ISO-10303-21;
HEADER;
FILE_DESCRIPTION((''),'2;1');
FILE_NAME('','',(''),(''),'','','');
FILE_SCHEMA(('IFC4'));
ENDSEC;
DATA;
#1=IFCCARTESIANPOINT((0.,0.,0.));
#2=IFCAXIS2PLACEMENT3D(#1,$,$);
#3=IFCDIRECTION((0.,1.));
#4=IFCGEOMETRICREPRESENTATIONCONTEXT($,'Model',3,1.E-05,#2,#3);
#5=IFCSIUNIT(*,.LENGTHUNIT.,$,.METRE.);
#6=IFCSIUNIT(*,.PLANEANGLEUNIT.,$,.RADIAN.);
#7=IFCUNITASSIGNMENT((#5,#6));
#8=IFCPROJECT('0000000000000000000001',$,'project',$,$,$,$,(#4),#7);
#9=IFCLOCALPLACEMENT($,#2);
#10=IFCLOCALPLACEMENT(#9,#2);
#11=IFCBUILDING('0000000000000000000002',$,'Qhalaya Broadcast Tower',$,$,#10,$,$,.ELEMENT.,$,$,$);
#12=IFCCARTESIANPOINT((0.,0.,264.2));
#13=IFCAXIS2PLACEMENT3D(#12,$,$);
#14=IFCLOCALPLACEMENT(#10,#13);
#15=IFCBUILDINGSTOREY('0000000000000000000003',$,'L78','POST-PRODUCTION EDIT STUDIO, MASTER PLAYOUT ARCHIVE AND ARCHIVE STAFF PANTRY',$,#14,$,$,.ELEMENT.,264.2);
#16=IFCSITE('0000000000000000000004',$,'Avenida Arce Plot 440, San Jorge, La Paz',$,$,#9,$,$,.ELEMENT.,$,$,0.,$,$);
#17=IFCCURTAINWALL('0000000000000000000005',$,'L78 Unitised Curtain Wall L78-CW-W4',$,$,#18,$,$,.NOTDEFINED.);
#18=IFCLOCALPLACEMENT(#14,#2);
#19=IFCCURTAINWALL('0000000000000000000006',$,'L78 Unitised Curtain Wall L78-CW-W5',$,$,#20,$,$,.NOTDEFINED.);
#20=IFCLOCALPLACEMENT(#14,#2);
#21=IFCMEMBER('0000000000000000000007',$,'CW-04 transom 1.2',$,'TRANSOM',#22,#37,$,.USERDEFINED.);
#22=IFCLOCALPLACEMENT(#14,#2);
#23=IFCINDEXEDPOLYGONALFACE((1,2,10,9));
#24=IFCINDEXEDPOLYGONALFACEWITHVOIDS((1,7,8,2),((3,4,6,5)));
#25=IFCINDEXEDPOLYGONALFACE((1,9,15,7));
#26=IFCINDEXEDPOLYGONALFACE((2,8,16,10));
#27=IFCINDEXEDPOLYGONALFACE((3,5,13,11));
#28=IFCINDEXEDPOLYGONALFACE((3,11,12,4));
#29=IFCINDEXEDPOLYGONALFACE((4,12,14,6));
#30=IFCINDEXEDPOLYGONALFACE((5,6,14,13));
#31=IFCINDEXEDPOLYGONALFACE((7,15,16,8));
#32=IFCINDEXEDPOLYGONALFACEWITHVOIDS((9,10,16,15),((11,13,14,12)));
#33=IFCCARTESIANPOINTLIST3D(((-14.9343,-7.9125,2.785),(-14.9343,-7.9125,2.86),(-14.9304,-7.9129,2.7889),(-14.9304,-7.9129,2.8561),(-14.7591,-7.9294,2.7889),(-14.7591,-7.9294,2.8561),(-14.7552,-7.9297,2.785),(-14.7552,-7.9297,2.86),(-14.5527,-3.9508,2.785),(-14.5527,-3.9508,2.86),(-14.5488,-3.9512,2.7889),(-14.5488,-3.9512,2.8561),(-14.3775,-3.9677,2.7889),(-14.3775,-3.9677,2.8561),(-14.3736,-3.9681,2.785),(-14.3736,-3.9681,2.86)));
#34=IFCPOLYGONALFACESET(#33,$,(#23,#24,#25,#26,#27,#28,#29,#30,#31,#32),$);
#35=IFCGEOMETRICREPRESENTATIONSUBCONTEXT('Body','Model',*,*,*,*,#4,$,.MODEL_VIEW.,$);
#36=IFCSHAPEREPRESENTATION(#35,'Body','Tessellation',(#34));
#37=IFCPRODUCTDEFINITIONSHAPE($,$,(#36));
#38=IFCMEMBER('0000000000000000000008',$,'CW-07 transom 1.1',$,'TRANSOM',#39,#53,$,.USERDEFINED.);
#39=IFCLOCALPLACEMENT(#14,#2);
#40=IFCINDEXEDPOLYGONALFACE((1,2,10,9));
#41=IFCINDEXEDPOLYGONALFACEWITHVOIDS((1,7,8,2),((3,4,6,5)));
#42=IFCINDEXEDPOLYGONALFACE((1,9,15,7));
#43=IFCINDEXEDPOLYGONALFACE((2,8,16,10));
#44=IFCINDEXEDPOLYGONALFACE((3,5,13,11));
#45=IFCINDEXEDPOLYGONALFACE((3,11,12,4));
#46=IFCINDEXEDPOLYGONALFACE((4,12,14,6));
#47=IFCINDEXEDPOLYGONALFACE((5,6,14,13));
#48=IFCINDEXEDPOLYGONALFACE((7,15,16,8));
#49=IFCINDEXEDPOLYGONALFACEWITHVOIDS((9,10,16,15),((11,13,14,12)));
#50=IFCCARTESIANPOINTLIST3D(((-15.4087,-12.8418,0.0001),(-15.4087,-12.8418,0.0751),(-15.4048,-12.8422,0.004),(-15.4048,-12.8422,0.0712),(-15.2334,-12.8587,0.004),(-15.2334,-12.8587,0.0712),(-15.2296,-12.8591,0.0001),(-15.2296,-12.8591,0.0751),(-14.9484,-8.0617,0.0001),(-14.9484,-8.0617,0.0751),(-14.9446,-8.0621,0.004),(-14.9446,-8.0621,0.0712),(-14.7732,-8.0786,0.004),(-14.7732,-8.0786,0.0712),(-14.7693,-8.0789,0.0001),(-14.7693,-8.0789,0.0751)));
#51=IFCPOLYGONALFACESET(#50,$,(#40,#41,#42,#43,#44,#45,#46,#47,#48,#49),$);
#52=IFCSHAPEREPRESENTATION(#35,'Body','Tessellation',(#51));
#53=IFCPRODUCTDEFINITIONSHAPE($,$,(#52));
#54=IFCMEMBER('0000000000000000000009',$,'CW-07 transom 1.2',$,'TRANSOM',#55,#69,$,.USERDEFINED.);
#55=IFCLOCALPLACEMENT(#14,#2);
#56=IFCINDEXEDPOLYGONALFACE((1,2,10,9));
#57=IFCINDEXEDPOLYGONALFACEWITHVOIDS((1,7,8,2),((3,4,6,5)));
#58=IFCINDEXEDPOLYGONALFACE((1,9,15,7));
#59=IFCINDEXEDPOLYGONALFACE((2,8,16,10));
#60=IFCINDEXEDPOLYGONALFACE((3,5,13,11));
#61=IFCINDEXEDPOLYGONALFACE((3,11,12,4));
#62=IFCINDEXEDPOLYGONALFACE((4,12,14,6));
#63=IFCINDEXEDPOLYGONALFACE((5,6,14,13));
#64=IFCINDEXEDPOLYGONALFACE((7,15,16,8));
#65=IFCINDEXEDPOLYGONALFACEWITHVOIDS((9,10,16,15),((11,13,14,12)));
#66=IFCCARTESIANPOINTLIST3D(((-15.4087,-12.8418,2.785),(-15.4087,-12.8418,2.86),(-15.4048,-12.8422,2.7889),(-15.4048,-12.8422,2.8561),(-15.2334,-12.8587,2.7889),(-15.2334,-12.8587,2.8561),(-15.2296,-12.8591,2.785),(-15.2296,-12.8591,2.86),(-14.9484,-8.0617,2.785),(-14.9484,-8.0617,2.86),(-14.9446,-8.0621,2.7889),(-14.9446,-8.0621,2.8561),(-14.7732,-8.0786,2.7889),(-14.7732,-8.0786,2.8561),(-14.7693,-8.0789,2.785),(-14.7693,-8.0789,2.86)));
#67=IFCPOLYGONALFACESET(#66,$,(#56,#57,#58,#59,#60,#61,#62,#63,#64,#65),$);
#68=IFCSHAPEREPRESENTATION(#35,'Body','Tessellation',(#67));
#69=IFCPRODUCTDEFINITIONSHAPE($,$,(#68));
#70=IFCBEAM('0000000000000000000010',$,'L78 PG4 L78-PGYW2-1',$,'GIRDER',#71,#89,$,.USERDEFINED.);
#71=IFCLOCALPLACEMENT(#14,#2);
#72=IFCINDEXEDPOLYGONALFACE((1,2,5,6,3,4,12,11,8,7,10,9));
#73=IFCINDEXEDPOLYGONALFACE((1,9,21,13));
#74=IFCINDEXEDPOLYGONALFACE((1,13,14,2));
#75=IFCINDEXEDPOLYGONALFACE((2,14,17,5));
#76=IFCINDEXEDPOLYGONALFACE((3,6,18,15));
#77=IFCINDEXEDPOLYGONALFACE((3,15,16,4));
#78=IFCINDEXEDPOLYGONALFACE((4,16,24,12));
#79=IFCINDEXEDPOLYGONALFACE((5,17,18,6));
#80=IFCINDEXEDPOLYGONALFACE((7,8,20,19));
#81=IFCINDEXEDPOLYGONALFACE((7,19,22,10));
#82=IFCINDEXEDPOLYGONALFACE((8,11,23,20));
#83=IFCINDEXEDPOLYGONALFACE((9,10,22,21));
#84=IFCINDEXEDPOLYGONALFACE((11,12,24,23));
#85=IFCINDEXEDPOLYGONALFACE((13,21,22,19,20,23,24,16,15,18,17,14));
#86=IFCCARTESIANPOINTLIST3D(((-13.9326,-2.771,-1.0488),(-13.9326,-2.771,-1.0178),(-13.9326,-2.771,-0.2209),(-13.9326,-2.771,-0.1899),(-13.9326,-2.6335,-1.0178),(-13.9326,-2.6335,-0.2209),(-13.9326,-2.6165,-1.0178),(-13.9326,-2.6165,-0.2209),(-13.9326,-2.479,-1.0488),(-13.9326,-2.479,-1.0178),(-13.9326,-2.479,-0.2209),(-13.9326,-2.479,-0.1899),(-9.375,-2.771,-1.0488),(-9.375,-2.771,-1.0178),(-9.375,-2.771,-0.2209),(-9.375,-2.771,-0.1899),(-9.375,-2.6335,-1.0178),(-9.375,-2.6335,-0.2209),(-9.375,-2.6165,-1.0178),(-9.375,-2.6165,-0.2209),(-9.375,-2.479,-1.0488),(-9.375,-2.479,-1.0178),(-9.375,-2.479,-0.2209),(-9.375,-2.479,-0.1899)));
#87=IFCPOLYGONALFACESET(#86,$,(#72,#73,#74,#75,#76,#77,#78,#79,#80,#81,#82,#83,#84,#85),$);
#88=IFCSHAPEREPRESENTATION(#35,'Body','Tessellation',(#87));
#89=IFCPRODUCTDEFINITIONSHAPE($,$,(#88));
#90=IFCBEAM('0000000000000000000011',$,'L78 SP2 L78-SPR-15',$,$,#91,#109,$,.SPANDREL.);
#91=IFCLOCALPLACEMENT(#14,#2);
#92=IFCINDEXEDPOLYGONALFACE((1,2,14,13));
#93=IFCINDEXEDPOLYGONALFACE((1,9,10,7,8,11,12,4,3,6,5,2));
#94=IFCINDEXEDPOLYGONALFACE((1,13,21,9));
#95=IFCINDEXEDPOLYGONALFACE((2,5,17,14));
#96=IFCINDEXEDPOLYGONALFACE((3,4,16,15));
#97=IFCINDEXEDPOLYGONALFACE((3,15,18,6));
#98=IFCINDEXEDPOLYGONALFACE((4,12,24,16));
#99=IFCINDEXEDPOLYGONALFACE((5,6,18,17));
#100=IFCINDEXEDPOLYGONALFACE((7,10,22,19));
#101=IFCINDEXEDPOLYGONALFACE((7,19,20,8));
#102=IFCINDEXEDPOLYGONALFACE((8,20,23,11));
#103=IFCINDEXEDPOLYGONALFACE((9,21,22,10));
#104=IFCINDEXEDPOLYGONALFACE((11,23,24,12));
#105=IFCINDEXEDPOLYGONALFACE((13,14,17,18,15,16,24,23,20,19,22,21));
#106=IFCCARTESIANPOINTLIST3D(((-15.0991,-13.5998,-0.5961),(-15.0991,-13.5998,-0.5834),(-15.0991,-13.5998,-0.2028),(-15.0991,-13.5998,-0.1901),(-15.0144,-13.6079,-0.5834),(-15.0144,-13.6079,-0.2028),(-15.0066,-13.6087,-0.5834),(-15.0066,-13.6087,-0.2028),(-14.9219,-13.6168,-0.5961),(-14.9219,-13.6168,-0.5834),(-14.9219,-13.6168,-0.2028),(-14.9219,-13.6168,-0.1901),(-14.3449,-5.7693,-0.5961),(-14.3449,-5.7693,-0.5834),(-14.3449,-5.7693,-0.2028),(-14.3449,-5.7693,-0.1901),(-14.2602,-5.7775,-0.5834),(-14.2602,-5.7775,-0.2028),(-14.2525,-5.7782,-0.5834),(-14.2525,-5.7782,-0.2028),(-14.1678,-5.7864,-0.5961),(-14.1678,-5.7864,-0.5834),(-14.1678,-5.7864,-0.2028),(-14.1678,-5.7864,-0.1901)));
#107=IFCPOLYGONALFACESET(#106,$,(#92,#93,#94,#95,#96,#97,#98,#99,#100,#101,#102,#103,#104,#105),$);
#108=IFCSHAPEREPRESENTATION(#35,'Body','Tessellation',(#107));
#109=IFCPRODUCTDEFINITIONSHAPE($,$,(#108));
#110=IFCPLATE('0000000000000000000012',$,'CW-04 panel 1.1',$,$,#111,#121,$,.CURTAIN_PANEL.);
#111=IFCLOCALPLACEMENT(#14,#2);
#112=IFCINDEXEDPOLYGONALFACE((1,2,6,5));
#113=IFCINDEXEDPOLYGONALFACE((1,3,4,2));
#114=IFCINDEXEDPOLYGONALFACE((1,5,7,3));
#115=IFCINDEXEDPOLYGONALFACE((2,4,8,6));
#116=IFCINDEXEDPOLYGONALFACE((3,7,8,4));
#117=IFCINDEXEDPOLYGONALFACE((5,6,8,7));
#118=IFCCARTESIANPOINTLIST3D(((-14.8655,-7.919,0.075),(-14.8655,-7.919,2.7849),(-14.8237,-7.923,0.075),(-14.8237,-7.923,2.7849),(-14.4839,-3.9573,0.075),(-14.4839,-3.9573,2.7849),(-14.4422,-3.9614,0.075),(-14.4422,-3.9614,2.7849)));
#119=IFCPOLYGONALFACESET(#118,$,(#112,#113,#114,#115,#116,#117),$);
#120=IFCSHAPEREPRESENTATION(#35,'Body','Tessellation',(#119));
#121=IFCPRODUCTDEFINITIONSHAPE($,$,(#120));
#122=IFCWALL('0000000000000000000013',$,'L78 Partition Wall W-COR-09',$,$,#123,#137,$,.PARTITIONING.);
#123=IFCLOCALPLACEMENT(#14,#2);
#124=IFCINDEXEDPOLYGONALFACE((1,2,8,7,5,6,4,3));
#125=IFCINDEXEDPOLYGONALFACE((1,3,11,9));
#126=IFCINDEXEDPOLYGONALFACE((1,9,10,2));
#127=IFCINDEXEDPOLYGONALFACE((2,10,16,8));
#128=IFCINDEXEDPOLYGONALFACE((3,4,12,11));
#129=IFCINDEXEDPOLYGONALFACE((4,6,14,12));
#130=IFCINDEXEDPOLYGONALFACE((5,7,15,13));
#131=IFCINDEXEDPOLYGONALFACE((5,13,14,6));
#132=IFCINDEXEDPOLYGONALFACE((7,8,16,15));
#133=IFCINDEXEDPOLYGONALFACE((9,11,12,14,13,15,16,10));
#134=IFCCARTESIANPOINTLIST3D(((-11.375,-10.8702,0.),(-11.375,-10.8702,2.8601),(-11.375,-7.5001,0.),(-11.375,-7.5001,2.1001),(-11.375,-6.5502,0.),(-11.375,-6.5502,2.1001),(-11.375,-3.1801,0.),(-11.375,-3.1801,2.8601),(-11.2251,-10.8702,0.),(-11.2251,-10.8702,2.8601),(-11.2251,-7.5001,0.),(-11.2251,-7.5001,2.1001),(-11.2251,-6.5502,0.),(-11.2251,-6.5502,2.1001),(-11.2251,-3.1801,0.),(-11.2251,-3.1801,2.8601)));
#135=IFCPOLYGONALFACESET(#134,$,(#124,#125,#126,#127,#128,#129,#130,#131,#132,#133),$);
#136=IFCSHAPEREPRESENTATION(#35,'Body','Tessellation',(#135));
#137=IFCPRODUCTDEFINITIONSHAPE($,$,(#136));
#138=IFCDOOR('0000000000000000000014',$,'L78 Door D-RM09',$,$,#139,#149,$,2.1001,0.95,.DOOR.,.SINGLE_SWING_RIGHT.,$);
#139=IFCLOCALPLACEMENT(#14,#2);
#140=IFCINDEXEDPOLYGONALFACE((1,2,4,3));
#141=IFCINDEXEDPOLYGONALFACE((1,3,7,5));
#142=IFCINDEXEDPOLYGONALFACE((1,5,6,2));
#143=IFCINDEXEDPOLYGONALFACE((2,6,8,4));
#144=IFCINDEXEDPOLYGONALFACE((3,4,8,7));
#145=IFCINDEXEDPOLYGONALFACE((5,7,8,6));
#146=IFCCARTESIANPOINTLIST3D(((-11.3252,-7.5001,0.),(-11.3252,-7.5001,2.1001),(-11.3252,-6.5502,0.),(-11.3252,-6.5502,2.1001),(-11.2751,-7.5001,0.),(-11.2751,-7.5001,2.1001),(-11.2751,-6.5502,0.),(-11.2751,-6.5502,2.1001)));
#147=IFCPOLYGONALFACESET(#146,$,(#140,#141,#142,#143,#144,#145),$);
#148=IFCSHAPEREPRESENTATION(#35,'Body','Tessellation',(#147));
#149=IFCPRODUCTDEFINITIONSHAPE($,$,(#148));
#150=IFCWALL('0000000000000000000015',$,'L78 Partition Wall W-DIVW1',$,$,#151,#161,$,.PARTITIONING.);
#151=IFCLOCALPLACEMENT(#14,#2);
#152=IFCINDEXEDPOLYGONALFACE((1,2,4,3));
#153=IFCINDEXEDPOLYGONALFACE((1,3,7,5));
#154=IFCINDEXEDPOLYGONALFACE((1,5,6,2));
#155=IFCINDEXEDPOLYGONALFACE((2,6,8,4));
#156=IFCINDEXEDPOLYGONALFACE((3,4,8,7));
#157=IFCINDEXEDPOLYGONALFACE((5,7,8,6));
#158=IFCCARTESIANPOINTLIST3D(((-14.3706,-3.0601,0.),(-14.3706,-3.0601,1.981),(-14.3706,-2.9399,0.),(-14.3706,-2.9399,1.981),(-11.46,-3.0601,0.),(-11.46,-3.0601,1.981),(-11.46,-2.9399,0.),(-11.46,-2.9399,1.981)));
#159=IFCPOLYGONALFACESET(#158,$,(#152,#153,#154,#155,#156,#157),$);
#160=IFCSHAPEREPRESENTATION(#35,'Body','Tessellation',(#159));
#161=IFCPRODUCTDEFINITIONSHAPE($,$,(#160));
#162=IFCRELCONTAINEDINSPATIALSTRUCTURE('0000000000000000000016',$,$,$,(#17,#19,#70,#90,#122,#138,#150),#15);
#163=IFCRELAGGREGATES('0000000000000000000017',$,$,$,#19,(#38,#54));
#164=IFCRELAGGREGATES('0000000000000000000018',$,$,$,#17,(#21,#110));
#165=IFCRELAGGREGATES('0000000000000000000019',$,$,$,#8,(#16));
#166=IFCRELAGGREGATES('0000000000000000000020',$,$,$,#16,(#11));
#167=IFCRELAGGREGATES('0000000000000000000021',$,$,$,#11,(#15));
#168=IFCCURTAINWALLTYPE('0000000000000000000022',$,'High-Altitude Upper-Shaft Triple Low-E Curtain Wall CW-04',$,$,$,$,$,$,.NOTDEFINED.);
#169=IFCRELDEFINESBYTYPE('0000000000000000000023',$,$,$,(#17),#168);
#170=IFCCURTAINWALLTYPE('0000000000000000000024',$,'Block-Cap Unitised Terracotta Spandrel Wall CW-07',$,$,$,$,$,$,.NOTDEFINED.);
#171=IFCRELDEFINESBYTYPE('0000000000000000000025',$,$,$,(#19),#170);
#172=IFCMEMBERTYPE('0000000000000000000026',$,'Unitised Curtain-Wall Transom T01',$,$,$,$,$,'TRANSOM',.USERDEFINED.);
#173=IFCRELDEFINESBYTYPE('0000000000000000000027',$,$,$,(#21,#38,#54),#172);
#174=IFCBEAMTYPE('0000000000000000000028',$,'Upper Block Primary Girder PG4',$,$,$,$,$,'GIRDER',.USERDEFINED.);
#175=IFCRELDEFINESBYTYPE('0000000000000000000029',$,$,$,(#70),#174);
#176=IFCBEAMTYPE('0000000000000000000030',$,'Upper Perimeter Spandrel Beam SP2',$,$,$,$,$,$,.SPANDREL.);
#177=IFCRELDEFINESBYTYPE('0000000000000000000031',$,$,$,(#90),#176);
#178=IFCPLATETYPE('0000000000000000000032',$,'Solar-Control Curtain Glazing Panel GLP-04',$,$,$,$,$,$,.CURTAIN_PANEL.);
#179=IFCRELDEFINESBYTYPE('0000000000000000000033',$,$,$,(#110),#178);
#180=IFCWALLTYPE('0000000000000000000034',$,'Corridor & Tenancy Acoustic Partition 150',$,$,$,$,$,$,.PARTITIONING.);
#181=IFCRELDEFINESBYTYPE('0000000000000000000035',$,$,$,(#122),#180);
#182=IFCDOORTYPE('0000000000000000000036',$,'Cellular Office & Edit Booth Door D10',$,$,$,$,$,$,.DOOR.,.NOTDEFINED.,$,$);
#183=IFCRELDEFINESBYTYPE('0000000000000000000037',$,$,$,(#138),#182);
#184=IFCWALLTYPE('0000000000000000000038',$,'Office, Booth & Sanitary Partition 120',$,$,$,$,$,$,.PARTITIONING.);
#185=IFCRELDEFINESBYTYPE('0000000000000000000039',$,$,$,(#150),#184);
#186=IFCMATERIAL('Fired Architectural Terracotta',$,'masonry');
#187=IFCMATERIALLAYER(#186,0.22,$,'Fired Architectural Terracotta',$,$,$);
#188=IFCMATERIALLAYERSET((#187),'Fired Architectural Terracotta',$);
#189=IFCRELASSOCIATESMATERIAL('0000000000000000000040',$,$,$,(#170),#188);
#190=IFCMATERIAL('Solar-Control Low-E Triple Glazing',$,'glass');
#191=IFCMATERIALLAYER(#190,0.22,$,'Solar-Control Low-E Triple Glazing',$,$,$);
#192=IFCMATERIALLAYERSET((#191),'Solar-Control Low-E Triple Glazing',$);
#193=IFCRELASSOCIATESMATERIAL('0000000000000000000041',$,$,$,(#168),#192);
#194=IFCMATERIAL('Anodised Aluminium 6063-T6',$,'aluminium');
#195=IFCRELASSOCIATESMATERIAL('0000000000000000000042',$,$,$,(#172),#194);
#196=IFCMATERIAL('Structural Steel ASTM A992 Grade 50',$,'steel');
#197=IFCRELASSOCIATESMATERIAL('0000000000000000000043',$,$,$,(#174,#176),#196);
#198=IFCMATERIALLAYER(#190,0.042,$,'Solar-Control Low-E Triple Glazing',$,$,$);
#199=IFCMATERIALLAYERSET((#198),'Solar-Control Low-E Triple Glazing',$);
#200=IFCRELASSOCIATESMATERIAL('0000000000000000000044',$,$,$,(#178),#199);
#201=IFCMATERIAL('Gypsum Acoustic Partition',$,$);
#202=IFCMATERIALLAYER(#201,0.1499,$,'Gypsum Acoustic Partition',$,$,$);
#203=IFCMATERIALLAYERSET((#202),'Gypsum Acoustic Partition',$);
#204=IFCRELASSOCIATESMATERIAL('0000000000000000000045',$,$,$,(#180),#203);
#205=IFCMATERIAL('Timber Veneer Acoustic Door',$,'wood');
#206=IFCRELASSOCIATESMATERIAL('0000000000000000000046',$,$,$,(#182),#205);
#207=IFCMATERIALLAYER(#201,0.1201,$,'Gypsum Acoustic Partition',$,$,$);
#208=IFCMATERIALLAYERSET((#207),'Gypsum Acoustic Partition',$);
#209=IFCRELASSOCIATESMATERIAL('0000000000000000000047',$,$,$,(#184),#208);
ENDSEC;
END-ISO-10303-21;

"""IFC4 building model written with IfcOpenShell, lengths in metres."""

from ifc_helpers import new_model, si_unit, direction, frame, frame_2d, origin, origin_2d, place, context, subcontext, project, spatial, rectangle, hollow_rectangle, i_section, extrude, material, layer, layer_set, material_profile, profile_set, type_object, element, fill, aggregate, save


model = new_model("IFC4")

# Units and contexts
model_context = context("Model", 3, precision=1e-05, world=origin(), true_north=direction((0.0, 1.0)))
body_context = subcontext(model_context, "Body", "Model", "MODEL_VIEW")
ifc_project = project(units=[si_unit("LENGTHUNIT", "METRE"), si_unit("PLANEANGLEUNIT", "RADIAN")], contexts=[model_context])

# Site, building, storey
site_placement = place(None, origin())
site = spatial("IfcSite", under=ifc_project, at=site_placement, Name="Avenida Arce Plot 440, San Jorge, La Paz", CompositionType="ELEMENT", RefElevation=0.0)
building_placement = place(site_placement, origin())
building = spatial("IfcBuilding", under=site, at=building_placement, Name="Qhalaya Broadcast Tower", CompositionType="ELEMENT")
storey_placement = place(building_placement, frame((0.0, 0.0, 264.2)))
storey = spatial("IfcBuildingStorey", under=building, at=storey_placement, Name="L78", Description="POST-PRODUCTION EDIT STUDIO, MASTER PLAYOUT ARCHIVE AND ARCHIVE STAFF PANTRY", CompositionType="ELEMENT", Elevation=264.2)

# Shared definitions
ifc_material_1 = material(Name="Structural Steel ASTM A992 Grade 50", Category="steel")

# Shared definitions
ifc_material_2 = material(Name="Fired Architectural Terracotta", Category="masonry")
ifc_layer_1 = layer(ifc_material_2, 0.22, Name="Fired Architectural Terracotta")
ifc_layer_set_1 = layer_set([ifc_layer_1], Name="Fired Architectural Terracotta")
curtain_wall_type_1 = type_object("IfcCurtainWallType", Name="Block-Cap Unitised Terracotta Spandrel Wall CW-07", PredefinedType="NOTDEFINED", material=ifc_layer_set_1)
ifc_material_3 = material(Name="Anodised Aluminium 6063-T6", Category="aluminium")

# Curtain wall
ifc_material_4 = material(Name="Solar-Control Low-E Triple Glazing", Category="glass")
ifc_layer_2 = layer(ifc_material_4, 0.22, Name="Solar-Control Low-E Triple Glazing")
ifc_layer_set_2 = layer_set([ifc_layer_2], Name="Solar-Control Low-E Triple Glazing")
curtain_wall_type_2 = type_object("IfcCurtainWallType", Name="High-Altitude Upper-Shaft Triple Low-E Curtain Wall CW-04", PredefinedType="NOTDEFINED", material=ifc_layer_set_2)
curtain_wall_1_placement = place(storey_placement, origin())
curtain_wall_1 = element("IfcCurtainWall", 1, at=curtain_wall_1_placement, inside=storey, type_object=curtain_wall_type_2, Name="L78 Unitised Curtain Wall L78-CW-W4", PredefinedType="NOTDEFINED")

# Curtain wall
curtain_wall_2_placement = place(storey_placement, origin())
curtain_wall_2 = element("IfcCurtainWall", 2, at=curtain_wall_2_placement, inside=storey, type_object=curtain_wall_type_1, Name="L78 Unitised Curtain Wall L78-CW-W5", PredefinedType="NOTDEFINED")

# Members
ifc_material_profile_1 = material_profile(ifc_material_3, hollow_rectangle(XDim=0.075, YDim=0.1799, WallThickness=0.0039, at=origin_2d()), Name="ALU-TRN 75x180x4")
ifc_profile_set_1 = profile_set([ifc_material_profile_1], Name="Anodised Aluminium 6063-T6")
member_type_1 = type_object("IfcMemberType", Name="Unitised Curtain-Wall Transom T01", ElementType="TRANSOM", PredefinedType="USERDEFINED", material=ifc_profile_set_1)
member_1_placement = place(storey_placement, frame((-14.4631, -3.9595, 2.8225), z_axis=(-0.095877, -0.995393, 0.0), x_axis=(0.0, 0.0, 1.0)))
member_1 = element("IfcMember", 3, at=member_1_placement, type_object=member_type_1, Name="CW-04 transom 1.2", ObjectType="TRANSOM", PredefinedType="USERDEFINED", context=body_context, shape_type="SweptSolid", body=[
    extrude(hollow_rectangle(XDim=0.075, YDim=0.1799, WallThickness=0.0039, at=origin_2d()), origin(), (0.0, 0.0, 1.0), 3.98),
])
member_2_placement = place(storey_placement, frame((-14.8589, -8.0703, 0.0376), z_axis=(-0.095833, -0.995397, 0.0), x_axis=(0.0, 0.0, 1.0)))
member_2 = element("IfcMember", 4, at=member_2_placement, type_object=member_type_1, Name="CW-07 transom 1.1", ObjectType="TRANSOM", PredefinedType="USERDEFINED", context=body_context, shape_type="SweptSolid", body=[
    extrude(hollow_rectangle(XDim=0.075, YDim=0.1799, WallThickness=0.0039, at=origin_2d()), origin(), (0.0, 0.0, 1.0), 4.8022),
])
member_3_placement = place(storey_placement, frame((-14.8589, -8.0703, 2.8225), z_axis=(-0.095833, -0.995397, 0.0), x_axis=(0.0, 0.0, 1.0)))
member_3 = element("IfcMember", 5, at=member_3_placement, type_object=member_type_1, Name="CW-07 transom 1.2", ObjectType="TRANSOM", PredefinedType="USERDEFINED", context=body_context, shape_type="SweptSolid", body=[
    extrude(hollow_rectangle(XDim=0.075, YDim=0.1799, WallThickness=0.0039, at=origin_2d()), origin(), (0.0, 0.0, 1.0), 4.8022),
])
aggregate(curtain_wall_2, [member_2, member_3])

# Beams
ifc_material_profile_2 = material_profile(ifc_material_1, i_section(OverallWidth=0.292, OverallDepth=0.8589, WebThickness=0.0171, FlangeThickness=0.031, at=origin_2d()), Name="W33X169")
ifc_profile_set_2 = profile_set([ifc_material_profile_2], Name="Structural Steel ASTM A992 Grade 50")
beam_type_1 = type_object("IfcBeamType", Name="Upper Block Primary Girder PG4", ElementType="GIRDER", PredefinedType="USERDEFINED", material=ifc_profile_set_2)
beam_1_placement = place(storey_placement, frame((-13.9326, -2.625, -0.6194), z_axis=(1.0, 0.0, 0.0), x_axis=(0.0, 1.0, 0.0)))
element("IfcBeam", 6, at=beam_1_placement, inside=storey, type_object=beam_type_1, Name="L78 PG4 L78-PGYW2-1", ObjectType="GIRDER", PredefinedType="USERDEFINED", context=body_context, shape_type="SweptSolid", body=[
    extrude(i_section(OverallWidth=0.292, OverallDepth=0.8589, WebThickness=0.0171, FlangeThickness=0.031, at=origin_2d()), origin(), (0.0, 0.0, 1.0), 4.5576),
])
ifc_material_profile_3 = material_profile(ifc_material_1, i_section(OverallWidth=0.178, OverallDepth=0.406, WebThickness=0.0078, FlangeThickness=0.0127, at=origin_2d()), Name="W16X40")
ifc_profile_set_3 = profile_set([ifc_material_profile_3], Name="Structural Steel ASTM A992 Grade 50")
beam_type_2 = type_object("IfcBeamType", Name="Upper Perimeter Spandrel Beam SP2", PredefinedType="SPANDREL", material=ifc_profile_set_3)
beam_2_placement = place(storey_placement, frame((-14.2563, -5.7778, -0.3931), z_axis=(-0.095865, -0.995394, 0.0), x_axis=(0.995394, -0.095865, 0.0)))
element("IfcBeam", 7, at=beam_2_placement, inside=storey, type_object=beam_type_2, Name="L78 SP2 L78-SPR-15", PredefinedType="SPANDREL", context=body_context, shape_type="SweptSolid", body=[
    extrude(i_section(OverallWidth=0.178, OverallDepth=0.406, WebThickness=0.0078, FlangeThickness=0.0127, at=origin_2d()), origin(), (0.0, 0.0, 1.0), 7.8667),
])

# Plate
ifc_layer_3 = layer(ifc_material_4, 0.042, Name="Solar-Control Low-E Triple Glazing")
ifc_layer_set_3 = layer_set([ifc_layer_3], Name="Solar-Control Low-E Triple Glazing")
plate_type = type_object("IfcPlateType", Name="Solar-Control Curtain Glazing Panel GLP-04", PredefinedType="CURTAIN_PANEL", material=ifc_layer_set_3)
plate_placement = place(storey_placement, frame((-14.6538, -5.9402, 0.075), z_axis=(0.0, 0.0, 1.0), x_axis=(-0.095859, -0.995395, 0.0)))
plate = element("IfcPlate", 8, at=plate_placement, type_object=plate_type, Name="CW-04 panel 1.1", PredefinedType="CURTAIN_PANEL", context=body_context, shape_type="SweptSolid", body=[
    extrude(rectangle(XDim=3.98, YDim=0.042, at=origin_2d()), origin(), (0.0, 0.0, 1.0), 2.71),
])
aggregate(curtain_wall_1, [member_1, plate])

# Wall, opening, door
ifc_material_5 = material(Name="Gypsum Acoustic Partition")
ifc_layer_4 = layer(ifc_material_5, 0.1499, Name="Gypsum Acoustic Partition")
ifc_layer_set_4 = layer_set([ifc_layer_4], Name="Gypsum Acoustic Partition")
wall_type_1 = type_object("IfcWallType", Name="Corridor & Tenancy Acoustic Partition 150", PredefinedType="PARTITIONING", material=ifc_layer_set_4)
wall_1_placement = place(storey_placement, frame((-11.3, -3.1799, 0.0), z_axis=(0.0, 0.0, 1.0), x_axis=(0.0, -1.0, 0.0)))
wall_1 = element("IfcWall", 9, at=wall_1_placement, inside=storey, type_object=wall_type_1, Name="L78 Partition Wall W-COR-09", PredefinedType="PARTITIONING", context=body_context, shape_type="SweptSolid", body=[
    extrude(rectangle(XDim=7.6902, YDim=0.1499, at=frame_2d((3.8452, 0.0))), origin(), (0.0, 0.0, 1.0), 2.8601),
])
opening_1_placement = place(wall_1_placement, frame((3.3701, 0.0, 0.0)))
opening_1 = element("IfcOpeningElement", 10, at=opening_1_placement, cuts=wall_1, PredefinedType="OPENING", context=body_context, shape_type="SweptSolid", body=[
    extrude(rectangle(XDim=0.95, YDim=2.1001, at=frame_2d((0.4751, 1.05))), frame((0.0, 0.0869, 0.0), z_axis=(0.0, -1.0, 0.0), x_axis=(1.0, 0.0, 0.0)), (0.0, 0.0, 1.0), 0.1738),
])
ifc_material_6 = material(Name="Timber Veneer Acoustic Door", Category="wood")
door_type_1 = type_object("IfcDoorType", Name="Cellular Office & Edit Booth Door D10", OperationType="NOTDEFINED", PredefinedType="DOOR", material=ifc_material_6)
door_1_placement = place(opening_1_placement, origin())
door_1 = element("IfcDoor", 11, at=door_1_placement, inside=storey, type_object=door_type_1, Name="L78 Door D-RM09", OperationType="SINGLE_SWING_RIGHT", OverallHeight=2.1001, OverallWidth=0.95, PredefinedType="DOOR", context=body_context, shape_type="SweptSolid", body=[
    extrude(rectangle(XDim=0.95, YDim=2.1001, at=frame_2d((0.4751, 1.05))), frame((0.0, 0.0249, 0.0), z_axis=(0.0, -1.0, 0.0), x_axis=(1.0, 0.0, 0.0)), (0.0, 0.0, 1.0), 0.05),
])
fill(opening_1, door_1)

# Wall
ifc_layer_5 = layer(ifc_material_5, 0.1201, Name="Gypsum Acoustic Partition")
ifc_layer_set_5 = layer_set([ifc_layer_5], Name="Gypsum Acoustic Partition")
wall_type_2 = type_object("IfcWallType", Name="Office, Booth & Sanitary Partition 120", PredefinedType="PARTITIONING", material=ifc_layer_set_5)
wall_2_placement = place(storey_placement, frame((-14.3706, -3.0, 0.0), z_axis=(0.0, 0.0, 1.0), x_axis=(1.0, 0.0, 0.0)))
element("IfcWall", 12, at=wall_2_placement, inside=storey, type_object=wall_type_2, Name="L78 Partition Wall W-DIVW1", PredefinedType="PARTITIONING", context=body_context, shape_type="SweptSolid", body=[
    extrude(rectangle(XDim=2.9106, YDim=0.1201, at=frame_2d((1.4553, 0.0))), origin(), (0.0, 0.0, 1.0), 1.981),
])

save(model, "model.ifc")
